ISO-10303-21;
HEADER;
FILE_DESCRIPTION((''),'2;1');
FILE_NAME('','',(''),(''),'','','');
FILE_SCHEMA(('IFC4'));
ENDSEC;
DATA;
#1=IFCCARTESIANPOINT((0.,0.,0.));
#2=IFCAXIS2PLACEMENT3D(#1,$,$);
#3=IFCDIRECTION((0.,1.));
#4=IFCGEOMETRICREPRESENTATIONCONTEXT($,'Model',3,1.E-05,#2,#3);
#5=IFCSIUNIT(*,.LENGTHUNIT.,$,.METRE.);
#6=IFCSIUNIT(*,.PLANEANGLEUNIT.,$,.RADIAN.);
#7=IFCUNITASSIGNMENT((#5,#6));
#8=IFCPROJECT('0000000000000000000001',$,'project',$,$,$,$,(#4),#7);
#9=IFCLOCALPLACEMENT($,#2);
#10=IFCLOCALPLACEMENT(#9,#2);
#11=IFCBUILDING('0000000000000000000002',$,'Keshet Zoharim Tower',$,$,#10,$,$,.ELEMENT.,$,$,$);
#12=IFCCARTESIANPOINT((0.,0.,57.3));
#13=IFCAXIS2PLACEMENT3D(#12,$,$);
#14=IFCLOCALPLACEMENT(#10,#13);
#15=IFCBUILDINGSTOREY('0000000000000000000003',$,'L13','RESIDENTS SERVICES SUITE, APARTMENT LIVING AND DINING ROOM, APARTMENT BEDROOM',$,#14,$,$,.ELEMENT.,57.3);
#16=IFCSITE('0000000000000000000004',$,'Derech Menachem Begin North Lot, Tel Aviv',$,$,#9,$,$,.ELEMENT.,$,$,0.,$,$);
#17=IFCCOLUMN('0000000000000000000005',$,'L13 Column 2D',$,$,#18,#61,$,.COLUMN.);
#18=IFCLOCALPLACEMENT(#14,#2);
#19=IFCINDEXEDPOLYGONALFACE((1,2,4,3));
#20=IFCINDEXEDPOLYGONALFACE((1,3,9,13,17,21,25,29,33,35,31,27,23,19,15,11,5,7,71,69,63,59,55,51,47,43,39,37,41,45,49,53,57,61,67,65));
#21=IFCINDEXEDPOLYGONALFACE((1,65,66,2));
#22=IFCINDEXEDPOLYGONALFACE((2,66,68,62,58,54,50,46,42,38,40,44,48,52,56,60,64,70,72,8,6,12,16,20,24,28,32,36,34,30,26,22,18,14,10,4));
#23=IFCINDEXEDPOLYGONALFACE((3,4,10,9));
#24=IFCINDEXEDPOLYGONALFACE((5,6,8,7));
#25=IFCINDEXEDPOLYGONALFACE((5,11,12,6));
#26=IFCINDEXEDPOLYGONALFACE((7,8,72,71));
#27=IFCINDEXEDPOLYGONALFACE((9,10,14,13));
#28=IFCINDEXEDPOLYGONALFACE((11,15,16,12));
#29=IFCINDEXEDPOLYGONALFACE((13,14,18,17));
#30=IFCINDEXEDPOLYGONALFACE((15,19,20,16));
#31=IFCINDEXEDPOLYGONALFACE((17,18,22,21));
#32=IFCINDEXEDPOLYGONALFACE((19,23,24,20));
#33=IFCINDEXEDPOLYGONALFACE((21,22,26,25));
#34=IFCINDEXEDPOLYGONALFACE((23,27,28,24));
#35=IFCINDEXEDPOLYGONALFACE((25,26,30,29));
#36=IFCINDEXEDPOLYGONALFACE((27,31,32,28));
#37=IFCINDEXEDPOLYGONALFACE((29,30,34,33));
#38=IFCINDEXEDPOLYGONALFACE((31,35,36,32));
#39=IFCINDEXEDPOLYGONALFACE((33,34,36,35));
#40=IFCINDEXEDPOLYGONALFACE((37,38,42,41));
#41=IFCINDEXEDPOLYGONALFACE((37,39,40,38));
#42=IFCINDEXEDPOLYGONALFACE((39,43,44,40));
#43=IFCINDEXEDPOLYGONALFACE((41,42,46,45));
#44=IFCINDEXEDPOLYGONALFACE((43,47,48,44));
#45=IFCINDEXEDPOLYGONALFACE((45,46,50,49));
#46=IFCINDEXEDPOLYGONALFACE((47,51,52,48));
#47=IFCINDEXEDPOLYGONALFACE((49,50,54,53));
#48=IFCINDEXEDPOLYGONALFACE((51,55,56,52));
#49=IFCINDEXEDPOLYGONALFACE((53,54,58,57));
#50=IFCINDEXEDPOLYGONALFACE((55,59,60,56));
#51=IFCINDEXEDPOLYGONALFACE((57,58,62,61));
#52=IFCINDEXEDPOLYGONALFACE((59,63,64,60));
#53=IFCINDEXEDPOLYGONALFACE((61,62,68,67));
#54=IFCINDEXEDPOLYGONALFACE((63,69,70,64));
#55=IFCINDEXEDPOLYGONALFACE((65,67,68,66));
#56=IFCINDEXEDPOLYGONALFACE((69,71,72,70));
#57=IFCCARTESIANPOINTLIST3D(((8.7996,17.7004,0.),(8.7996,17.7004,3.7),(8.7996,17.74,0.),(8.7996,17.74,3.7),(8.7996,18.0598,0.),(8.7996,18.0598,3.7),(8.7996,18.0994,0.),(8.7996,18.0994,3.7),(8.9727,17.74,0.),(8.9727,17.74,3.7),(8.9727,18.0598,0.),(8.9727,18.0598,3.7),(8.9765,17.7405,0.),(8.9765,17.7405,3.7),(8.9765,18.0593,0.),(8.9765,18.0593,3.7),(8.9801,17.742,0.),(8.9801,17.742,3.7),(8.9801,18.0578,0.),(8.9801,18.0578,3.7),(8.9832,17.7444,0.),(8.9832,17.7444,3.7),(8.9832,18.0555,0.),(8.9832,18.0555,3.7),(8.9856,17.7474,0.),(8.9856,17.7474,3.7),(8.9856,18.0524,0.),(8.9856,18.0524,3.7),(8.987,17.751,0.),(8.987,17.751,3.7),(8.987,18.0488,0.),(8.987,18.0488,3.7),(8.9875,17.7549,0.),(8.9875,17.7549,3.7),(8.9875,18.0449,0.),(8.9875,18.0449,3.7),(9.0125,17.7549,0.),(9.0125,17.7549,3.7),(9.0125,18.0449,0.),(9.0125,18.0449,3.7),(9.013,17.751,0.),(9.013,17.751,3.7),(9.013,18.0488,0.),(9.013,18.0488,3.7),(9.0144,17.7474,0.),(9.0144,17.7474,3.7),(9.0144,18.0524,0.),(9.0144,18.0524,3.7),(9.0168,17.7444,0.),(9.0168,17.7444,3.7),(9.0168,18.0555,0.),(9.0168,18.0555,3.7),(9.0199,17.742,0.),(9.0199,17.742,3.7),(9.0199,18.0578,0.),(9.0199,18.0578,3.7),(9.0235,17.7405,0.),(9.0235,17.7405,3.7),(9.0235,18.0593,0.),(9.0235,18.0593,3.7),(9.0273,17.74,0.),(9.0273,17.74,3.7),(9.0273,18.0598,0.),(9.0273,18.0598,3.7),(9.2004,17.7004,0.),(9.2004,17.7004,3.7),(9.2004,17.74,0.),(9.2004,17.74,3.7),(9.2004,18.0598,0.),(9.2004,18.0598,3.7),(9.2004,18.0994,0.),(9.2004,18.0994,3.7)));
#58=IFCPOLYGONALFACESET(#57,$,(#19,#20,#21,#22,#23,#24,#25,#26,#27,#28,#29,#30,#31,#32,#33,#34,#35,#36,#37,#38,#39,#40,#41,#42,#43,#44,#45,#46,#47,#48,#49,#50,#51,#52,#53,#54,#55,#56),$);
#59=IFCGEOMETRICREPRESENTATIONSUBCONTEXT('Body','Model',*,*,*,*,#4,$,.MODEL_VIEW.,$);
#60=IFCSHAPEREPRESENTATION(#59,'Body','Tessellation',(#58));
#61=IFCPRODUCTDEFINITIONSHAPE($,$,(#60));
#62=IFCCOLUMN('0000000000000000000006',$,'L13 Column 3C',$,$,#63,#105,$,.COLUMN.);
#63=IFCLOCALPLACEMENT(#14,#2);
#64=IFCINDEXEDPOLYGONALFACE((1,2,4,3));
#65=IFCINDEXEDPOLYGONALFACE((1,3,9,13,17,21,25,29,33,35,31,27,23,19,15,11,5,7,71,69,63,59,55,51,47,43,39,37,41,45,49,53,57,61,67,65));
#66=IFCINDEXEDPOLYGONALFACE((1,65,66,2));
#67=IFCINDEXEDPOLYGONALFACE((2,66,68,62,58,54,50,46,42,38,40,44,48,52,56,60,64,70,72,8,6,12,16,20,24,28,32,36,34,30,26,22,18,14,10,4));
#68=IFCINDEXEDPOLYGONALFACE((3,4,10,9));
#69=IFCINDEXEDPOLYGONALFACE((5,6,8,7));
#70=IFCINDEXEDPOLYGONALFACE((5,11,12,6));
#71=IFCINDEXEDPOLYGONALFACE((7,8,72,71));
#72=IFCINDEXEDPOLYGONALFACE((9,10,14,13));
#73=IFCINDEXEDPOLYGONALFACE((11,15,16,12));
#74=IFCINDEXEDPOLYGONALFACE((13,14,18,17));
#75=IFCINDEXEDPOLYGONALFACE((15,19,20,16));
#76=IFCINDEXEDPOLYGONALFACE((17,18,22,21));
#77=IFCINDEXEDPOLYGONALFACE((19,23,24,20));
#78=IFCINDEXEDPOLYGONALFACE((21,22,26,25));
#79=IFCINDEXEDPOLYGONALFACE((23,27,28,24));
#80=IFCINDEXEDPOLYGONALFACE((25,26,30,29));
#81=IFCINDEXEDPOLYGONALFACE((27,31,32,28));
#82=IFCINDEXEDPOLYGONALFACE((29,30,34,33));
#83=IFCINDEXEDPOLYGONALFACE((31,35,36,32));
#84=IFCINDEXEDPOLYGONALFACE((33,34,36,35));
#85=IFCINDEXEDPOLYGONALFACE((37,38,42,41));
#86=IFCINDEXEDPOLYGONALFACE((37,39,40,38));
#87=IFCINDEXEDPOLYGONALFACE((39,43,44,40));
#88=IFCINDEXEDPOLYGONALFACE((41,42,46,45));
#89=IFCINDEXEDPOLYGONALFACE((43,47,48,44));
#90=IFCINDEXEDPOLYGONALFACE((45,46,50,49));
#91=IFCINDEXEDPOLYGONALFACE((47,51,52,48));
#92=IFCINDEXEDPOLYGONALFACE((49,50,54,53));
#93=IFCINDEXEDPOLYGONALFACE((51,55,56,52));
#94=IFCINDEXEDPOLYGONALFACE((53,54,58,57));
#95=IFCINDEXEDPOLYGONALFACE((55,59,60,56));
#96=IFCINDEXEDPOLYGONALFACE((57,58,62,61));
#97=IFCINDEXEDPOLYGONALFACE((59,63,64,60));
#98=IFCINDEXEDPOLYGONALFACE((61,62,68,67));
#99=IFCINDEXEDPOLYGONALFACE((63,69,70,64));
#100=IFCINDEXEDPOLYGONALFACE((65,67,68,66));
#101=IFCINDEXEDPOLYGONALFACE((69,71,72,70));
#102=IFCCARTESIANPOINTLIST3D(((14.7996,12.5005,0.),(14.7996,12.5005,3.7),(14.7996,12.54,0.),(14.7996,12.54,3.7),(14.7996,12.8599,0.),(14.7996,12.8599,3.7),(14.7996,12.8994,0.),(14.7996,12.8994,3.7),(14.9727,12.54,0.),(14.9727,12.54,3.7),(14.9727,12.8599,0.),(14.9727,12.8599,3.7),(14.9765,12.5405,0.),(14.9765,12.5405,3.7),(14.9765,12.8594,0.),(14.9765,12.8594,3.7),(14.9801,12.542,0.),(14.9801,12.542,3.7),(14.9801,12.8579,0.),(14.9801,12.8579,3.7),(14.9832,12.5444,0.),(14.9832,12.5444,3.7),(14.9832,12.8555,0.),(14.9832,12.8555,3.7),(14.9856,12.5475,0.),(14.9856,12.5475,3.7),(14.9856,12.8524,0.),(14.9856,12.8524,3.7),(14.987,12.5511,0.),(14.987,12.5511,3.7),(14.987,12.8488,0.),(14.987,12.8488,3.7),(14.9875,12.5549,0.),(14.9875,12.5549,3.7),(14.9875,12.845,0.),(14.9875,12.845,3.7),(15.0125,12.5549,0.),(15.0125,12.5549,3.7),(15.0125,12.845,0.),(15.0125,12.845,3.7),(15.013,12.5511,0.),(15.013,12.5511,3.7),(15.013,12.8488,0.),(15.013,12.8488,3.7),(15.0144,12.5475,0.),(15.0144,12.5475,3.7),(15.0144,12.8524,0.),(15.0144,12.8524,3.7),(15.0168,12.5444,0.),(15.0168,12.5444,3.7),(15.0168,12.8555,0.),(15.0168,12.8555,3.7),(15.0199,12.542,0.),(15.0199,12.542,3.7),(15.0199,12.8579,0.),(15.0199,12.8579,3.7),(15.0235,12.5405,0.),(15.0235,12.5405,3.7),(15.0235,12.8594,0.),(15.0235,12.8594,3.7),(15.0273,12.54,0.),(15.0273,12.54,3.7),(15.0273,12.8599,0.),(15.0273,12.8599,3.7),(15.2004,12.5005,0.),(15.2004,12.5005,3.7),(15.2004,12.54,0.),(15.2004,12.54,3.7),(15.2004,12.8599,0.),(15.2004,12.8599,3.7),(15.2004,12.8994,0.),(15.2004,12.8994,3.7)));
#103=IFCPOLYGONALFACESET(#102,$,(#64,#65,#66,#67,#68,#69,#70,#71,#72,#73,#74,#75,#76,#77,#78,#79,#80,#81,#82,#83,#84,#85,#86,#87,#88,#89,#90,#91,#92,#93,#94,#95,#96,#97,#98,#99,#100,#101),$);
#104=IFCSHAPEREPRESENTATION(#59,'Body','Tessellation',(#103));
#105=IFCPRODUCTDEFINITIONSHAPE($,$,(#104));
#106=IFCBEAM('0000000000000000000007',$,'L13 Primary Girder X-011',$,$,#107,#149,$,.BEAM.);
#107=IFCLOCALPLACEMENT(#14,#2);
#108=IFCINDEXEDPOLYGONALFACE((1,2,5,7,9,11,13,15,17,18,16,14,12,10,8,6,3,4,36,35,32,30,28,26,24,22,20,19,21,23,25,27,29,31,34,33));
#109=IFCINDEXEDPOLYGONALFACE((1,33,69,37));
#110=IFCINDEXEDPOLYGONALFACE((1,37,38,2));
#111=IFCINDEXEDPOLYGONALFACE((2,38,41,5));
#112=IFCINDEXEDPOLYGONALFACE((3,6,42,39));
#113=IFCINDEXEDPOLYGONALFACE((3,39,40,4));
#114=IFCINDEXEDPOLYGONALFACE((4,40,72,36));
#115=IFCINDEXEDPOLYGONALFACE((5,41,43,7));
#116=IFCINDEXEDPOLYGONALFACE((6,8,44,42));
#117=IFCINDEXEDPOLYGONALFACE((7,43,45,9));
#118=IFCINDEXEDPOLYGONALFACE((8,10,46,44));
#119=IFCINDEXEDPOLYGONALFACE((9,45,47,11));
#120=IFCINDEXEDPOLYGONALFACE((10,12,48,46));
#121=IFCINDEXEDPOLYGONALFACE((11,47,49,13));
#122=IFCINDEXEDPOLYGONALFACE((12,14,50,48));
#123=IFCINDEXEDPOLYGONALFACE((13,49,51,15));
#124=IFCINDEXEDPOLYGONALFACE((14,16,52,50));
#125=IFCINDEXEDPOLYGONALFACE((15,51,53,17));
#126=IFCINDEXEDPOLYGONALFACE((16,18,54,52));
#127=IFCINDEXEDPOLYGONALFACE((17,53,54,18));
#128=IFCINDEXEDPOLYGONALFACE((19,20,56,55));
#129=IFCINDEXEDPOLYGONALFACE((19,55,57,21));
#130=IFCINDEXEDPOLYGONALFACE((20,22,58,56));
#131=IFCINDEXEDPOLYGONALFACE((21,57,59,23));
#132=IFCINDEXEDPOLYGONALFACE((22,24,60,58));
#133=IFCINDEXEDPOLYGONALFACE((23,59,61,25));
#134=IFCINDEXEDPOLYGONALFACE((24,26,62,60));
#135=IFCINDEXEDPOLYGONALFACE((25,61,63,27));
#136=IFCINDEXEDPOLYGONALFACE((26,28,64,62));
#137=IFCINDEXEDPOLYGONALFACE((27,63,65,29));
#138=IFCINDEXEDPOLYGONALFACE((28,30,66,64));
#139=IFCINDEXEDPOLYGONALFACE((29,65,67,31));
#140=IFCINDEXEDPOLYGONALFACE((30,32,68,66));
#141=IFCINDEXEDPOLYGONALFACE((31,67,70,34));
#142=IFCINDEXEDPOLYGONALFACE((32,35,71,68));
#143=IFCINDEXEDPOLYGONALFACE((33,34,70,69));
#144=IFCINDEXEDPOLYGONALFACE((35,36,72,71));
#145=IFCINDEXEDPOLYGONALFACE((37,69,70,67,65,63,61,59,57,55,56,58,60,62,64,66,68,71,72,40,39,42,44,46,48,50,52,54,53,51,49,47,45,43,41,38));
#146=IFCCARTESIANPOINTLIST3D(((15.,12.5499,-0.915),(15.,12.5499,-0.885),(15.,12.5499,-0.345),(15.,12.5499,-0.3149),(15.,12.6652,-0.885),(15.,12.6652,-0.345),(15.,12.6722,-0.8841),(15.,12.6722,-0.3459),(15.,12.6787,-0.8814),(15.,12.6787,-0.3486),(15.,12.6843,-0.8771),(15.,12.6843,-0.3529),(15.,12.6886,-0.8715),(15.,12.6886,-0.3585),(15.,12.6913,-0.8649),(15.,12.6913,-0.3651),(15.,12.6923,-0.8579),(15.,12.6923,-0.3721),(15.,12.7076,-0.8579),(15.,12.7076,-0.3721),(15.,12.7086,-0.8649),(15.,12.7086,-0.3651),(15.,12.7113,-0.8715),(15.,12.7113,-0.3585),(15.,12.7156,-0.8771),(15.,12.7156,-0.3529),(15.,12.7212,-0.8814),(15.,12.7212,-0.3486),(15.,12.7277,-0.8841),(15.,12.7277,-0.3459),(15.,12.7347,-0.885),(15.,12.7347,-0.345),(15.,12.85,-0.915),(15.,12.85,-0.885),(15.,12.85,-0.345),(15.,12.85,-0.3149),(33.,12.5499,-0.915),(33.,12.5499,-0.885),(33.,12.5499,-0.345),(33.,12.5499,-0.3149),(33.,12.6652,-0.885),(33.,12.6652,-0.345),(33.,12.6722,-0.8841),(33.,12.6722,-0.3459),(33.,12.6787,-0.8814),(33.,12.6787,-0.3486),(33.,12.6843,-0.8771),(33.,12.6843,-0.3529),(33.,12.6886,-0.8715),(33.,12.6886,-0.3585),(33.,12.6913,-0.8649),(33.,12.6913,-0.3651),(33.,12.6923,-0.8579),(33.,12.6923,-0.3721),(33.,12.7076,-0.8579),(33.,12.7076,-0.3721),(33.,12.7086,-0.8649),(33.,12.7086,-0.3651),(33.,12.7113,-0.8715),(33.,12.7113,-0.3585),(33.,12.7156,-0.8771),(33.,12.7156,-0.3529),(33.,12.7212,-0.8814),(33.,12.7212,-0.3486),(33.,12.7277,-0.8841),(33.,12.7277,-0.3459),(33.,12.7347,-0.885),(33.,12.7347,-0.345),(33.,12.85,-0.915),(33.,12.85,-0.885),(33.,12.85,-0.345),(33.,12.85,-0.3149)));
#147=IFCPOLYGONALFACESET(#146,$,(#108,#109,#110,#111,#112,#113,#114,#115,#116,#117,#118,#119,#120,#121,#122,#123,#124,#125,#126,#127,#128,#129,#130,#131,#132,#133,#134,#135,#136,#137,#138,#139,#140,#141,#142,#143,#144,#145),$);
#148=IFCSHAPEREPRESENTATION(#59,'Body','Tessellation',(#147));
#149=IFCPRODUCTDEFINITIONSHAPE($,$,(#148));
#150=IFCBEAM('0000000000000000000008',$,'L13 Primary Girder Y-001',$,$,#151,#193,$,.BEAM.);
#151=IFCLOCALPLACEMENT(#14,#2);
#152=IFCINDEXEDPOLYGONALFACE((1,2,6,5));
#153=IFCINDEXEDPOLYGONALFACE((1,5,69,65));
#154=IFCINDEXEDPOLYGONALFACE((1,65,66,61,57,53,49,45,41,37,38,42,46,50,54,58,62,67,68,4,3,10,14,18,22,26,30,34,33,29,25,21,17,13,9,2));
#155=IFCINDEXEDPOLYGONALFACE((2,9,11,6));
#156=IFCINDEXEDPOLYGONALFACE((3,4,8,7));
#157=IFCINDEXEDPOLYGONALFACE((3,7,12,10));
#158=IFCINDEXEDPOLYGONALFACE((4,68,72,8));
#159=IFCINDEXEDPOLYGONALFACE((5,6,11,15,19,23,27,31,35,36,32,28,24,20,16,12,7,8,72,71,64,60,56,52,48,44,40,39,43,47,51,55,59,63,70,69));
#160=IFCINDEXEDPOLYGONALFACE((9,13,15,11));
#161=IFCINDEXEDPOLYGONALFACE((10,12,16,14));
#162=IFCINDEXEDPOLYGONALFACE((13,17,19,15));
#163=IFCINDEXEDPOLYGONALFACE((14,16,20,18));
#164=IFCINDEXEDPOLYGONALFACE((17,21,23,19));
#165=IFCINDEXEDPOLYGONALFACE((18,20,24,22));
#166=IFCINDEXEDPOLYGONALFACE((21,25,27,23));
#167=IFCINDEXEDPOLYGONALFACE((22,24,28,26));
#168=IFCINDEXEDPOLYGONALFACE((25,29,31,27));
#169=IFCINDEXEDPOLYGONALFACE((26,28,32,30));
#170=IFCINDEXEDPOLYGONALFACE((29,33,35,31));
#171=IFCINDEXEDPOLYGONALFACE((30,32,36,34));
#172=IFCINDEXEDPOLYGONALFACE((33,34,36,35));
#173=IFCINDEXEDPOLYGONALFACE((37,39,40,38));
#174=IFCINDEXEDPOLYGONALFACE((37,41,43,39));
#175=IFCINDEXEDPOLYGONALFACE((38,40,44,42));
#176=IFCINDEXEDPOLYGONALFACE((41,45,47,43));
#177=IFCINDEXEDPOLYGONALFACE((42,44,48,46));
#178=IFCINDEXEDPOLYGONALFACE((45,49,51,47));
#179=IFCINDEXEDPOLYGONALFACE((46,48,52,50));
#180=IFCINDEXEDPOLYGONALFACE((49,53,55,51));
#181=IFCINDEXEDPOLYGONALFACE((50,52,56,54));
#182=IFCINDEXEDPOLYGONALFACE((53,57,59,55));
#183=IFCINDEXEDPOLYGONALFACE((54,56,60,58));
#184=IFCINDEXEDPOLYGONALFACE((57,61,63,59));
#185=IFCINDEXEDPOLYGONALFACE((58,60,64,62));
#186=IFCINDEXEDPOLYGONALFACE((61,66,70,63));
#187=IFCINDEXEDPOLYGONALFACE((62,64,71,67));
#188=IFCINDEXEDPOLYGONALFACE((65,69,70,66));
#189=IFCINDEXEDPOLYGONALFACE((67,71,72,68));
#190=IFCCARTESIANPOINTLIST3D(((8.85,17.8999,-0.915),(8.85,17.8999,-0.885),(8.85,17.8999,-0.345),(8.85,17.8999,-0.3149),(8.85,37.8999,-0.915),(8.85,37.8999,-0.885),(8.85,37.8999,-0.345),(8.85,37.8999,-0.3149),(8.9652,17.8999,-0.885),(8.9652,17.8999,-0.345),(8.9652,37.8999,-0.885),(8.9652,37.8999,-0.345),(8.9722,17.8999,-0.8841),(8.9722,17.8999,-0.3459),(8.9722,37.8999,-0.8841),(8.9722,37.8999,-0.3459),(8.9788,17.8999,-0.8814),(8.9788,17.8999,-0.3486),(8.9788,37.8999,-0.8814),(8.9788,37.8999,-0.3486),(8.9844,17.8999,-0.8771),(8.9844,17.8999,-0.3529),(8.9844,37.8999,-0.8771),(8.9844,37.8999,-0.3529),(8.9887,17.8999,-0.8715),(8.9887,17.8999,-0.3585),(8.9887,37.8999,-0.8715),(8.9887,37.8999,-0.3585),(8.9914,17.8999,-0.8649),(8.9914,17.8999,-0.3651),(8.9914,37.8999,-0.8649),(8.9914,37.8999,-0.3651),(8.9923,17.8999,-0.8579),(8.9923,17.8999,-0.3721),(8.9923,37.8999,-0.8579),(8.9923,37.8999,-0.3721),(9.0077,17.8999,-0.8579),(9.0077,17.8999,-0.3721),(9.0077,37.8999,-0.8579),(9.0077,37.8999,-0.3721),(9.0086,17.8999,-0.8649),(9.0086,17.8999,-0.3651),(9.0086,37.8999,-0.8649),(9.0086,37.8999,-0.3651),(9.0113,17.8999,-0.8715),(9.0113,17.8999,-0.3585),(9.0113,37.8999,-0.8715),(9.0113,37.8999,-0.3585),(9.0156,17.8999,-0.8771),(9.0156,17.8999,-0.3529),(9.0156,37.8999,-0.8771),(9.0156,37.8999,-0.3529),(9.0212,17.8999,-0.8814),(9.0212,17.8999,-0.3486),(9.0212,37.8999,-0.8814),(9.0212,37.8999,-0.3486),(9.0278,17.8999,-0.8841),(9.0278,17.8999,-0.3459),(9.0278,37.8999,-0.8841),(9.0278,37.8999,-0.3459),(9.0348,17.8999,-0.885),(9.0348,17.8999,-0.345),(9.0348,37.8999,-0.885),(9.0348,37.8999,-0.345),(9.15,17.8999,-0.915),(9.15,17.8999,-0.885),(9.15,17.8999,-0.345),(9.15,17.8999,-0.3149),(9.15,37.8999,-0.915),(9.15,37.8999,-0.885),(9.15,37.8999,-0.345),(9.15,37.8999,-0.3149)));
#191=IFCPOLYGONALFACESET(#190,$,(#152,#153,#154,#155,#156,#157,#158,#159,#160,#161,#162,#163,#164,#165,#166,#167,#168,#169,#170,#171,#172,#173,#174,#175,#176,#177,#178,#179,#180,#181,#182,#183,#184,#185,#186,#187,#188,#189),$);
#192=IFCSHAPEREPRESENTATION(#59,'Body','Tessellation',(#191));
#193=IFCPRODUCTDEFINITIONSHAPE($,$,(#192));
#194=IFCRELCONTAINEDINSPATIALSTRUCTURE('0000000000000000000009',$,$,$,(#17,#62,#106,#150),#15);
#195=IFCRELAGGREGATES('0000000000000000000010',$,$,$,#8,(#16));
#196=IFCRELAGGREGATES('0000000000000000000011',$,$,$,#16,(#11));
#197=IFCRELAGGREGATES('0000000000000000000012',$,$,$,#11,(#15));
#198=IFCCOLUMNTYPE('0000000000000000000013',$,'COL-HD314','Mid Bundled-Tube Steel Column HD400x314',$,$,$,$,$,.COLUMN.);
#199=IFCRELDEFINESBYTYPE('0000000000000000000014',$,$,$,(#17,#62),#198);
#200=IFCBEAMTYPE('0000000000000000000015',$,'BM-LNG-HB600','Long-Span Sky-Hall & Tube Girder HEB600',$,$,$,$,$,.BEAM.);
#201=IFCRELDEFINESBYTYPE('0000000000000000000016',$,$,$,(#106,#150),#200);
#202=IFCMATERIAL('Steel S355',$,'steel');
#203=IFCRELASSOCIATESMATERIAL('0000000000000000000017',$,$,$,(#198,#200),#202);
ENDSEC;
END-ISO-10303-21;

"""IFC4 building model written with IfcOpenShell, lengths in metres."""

from ifc_helpers import new_model, si_unit, direction, frame, origin, origin_2d, place, context, subcontext, project, spatial, i_section, extrude, material, material_profile, profile_set, type_object, element, save


model = new_model("IFC4")

# Units and contexts
model_context = context("Model", 3, precision=1e-05, world=origin(), true_north=direction((0.0, 1.0)))
body_context = subcontext(model_context, "Body", "Model", "MODEL_VIEW")
ifc_project = project(units=[si_unit("LENGTHUNIT", "METRE"), si_unit("PLANEANGLEUNIT", "RADIAN")], contexts=[model_context])

# Site, building, storey
site_placement = place(None, origin())
site = spatial("IfcSite", under=ifc_project, at=site_placement, Name="Derech Menachem Begin North Lot, Tel Aviv", CompositionType="ELEMENT", RefElevation=0.0)
building_placement = place(site_placement, origin())
building = spatial("IfcBuilding", under=site, at=building_placement, Name="Keshet Zoharim Tower", CompositionType="ELEMENT")
storey_placement = place(building_placement, frame((0.0, 0.0, 57.3)))
storey = spatial("IfcBuildingStorey", under=building, at=storey_placement, Name="L13", Description="RESIDENTS SERVICES SUITE, APARTMENT LIVING AND DINING ROOM, APARTMENT BEDROOM", CompositionType="ELEMENT", Elevation=57.3)

# Columns
ifc_material_1 = material(Name="Steel S355", Category="steel")
ifc_material_profile_1 = material_profile(ifc_material_1, i_section(OverallWidth=0.4009, OverallDepth=0.3989, WebThickness=0.0249, FlangeThickness=0.0396, FilletRadius=0.0149, at=origin_2d()), Name="HD400x314")
ifc_profile_set_1 = profile_set([ifc_material_profile_1], Name="Steel S355")
column_type = type_object("IfcColumnType", Name="COL-HD314", Description="Mid Bundled-Tube Steel Column HD400x314", PredefinedType="COLUMN", material=ifc_profile_set_1)
for number, where, z_axis, x_axis, name in (
    (1, (9.0, 17.8999, 0.0), (0.0, 0.0, 1.0), (1.0, 0.0, 0.0), "L13 Column 2D"),
    (2, (15.0, 12.7, 0.0), (0.0, 0.0, 1.0), (1.0, 0.0, 0.0), "L13 Column 3C"),
):
    element("IfcColumn", number, at=place(storey_placement, frame(where, z_axis=z_axis, x_axis=x_axis)), inside=storey, type_object=column_type, Name=name, PredefinedType="COLUMN", context=body_context, shape_type="SweptSolid", body=[
        extrude(i_section(OverallWidth=0.4009, OverallDepth=0.3989, WebThickness=0.0249, FlangeThickness=0.0396, FilletRadius=0.0149, at=origin_2d()), origin(), (0.0, 0.0, 1.0), 3.7),
    ])

# Beams
ifc_material_profile_2 = material_profile(ifc_material_1, i_section(OverallWidth=0.3, OverallDepth=0.6001, WebThickness=0.0154, FlangeThickness=0.03, FilletRadius=0.0271, at=origin_2d()), Name="HEB600")
ifc_profile_set_2 = profile_set([ifc_material_profile_2], Name="Steel S355")
beam_type_1 = type_object("IfcBeamType", Name="BM-LNG-HB600", Description="Long-Span Sky-Hall & Tube Girder HEB600", PredefinedType="BEAM", material=ifc_profile_set_2)
beam_1_placement = place(storey_placement, frame((15.0, 12.7, -0.615), z_axis=(1.0, 0.0, 0.0), x_axis=(0.0, 1.0, 0.0)))
element("IfcBeam", 3, at=beam_1_placement, inside=storey, type_object=beam_type_1, Name="L13 Primary Girder X-011", PredefinedType="BEAM", context=body_context, shape_type="SweptSolid", body=[
    extrude(i_section(OverallWidth=0.3, OverallDepth=0.6001, WebThickness=0.0154, FlangeThickness=0.03, FilletRadius=0.0271, at=origin_2d()), origin(), (0.0, 0.0, 1.0), 18.0),
])
beam_2_placement = place(storey_placement, frame((9.0, 17.8999, -0.615), z_axis=(0.0, 1.0, 0.0), x_axis=(-1.0, 0.0, 0.0)))
element("IfcBeam", 4, at=beam_2_placement, inside=storey, type_object=beam_type_1, Name="L13 Primary Girder Y-001", PredefinedType="BEAM", context=body_context, shape_type="SweptSolid", body=[
    extrude(i_section(OverallWidth=0.3, OverallDepth=0.6001, WebThickness=0.0154, FlangeThickness=0.03, FilletRadius=0.0271, at=origin_2d()), origin(), (0.0, 0.0, 1.0), 20.0),
])

save(model, "model.ifc")
